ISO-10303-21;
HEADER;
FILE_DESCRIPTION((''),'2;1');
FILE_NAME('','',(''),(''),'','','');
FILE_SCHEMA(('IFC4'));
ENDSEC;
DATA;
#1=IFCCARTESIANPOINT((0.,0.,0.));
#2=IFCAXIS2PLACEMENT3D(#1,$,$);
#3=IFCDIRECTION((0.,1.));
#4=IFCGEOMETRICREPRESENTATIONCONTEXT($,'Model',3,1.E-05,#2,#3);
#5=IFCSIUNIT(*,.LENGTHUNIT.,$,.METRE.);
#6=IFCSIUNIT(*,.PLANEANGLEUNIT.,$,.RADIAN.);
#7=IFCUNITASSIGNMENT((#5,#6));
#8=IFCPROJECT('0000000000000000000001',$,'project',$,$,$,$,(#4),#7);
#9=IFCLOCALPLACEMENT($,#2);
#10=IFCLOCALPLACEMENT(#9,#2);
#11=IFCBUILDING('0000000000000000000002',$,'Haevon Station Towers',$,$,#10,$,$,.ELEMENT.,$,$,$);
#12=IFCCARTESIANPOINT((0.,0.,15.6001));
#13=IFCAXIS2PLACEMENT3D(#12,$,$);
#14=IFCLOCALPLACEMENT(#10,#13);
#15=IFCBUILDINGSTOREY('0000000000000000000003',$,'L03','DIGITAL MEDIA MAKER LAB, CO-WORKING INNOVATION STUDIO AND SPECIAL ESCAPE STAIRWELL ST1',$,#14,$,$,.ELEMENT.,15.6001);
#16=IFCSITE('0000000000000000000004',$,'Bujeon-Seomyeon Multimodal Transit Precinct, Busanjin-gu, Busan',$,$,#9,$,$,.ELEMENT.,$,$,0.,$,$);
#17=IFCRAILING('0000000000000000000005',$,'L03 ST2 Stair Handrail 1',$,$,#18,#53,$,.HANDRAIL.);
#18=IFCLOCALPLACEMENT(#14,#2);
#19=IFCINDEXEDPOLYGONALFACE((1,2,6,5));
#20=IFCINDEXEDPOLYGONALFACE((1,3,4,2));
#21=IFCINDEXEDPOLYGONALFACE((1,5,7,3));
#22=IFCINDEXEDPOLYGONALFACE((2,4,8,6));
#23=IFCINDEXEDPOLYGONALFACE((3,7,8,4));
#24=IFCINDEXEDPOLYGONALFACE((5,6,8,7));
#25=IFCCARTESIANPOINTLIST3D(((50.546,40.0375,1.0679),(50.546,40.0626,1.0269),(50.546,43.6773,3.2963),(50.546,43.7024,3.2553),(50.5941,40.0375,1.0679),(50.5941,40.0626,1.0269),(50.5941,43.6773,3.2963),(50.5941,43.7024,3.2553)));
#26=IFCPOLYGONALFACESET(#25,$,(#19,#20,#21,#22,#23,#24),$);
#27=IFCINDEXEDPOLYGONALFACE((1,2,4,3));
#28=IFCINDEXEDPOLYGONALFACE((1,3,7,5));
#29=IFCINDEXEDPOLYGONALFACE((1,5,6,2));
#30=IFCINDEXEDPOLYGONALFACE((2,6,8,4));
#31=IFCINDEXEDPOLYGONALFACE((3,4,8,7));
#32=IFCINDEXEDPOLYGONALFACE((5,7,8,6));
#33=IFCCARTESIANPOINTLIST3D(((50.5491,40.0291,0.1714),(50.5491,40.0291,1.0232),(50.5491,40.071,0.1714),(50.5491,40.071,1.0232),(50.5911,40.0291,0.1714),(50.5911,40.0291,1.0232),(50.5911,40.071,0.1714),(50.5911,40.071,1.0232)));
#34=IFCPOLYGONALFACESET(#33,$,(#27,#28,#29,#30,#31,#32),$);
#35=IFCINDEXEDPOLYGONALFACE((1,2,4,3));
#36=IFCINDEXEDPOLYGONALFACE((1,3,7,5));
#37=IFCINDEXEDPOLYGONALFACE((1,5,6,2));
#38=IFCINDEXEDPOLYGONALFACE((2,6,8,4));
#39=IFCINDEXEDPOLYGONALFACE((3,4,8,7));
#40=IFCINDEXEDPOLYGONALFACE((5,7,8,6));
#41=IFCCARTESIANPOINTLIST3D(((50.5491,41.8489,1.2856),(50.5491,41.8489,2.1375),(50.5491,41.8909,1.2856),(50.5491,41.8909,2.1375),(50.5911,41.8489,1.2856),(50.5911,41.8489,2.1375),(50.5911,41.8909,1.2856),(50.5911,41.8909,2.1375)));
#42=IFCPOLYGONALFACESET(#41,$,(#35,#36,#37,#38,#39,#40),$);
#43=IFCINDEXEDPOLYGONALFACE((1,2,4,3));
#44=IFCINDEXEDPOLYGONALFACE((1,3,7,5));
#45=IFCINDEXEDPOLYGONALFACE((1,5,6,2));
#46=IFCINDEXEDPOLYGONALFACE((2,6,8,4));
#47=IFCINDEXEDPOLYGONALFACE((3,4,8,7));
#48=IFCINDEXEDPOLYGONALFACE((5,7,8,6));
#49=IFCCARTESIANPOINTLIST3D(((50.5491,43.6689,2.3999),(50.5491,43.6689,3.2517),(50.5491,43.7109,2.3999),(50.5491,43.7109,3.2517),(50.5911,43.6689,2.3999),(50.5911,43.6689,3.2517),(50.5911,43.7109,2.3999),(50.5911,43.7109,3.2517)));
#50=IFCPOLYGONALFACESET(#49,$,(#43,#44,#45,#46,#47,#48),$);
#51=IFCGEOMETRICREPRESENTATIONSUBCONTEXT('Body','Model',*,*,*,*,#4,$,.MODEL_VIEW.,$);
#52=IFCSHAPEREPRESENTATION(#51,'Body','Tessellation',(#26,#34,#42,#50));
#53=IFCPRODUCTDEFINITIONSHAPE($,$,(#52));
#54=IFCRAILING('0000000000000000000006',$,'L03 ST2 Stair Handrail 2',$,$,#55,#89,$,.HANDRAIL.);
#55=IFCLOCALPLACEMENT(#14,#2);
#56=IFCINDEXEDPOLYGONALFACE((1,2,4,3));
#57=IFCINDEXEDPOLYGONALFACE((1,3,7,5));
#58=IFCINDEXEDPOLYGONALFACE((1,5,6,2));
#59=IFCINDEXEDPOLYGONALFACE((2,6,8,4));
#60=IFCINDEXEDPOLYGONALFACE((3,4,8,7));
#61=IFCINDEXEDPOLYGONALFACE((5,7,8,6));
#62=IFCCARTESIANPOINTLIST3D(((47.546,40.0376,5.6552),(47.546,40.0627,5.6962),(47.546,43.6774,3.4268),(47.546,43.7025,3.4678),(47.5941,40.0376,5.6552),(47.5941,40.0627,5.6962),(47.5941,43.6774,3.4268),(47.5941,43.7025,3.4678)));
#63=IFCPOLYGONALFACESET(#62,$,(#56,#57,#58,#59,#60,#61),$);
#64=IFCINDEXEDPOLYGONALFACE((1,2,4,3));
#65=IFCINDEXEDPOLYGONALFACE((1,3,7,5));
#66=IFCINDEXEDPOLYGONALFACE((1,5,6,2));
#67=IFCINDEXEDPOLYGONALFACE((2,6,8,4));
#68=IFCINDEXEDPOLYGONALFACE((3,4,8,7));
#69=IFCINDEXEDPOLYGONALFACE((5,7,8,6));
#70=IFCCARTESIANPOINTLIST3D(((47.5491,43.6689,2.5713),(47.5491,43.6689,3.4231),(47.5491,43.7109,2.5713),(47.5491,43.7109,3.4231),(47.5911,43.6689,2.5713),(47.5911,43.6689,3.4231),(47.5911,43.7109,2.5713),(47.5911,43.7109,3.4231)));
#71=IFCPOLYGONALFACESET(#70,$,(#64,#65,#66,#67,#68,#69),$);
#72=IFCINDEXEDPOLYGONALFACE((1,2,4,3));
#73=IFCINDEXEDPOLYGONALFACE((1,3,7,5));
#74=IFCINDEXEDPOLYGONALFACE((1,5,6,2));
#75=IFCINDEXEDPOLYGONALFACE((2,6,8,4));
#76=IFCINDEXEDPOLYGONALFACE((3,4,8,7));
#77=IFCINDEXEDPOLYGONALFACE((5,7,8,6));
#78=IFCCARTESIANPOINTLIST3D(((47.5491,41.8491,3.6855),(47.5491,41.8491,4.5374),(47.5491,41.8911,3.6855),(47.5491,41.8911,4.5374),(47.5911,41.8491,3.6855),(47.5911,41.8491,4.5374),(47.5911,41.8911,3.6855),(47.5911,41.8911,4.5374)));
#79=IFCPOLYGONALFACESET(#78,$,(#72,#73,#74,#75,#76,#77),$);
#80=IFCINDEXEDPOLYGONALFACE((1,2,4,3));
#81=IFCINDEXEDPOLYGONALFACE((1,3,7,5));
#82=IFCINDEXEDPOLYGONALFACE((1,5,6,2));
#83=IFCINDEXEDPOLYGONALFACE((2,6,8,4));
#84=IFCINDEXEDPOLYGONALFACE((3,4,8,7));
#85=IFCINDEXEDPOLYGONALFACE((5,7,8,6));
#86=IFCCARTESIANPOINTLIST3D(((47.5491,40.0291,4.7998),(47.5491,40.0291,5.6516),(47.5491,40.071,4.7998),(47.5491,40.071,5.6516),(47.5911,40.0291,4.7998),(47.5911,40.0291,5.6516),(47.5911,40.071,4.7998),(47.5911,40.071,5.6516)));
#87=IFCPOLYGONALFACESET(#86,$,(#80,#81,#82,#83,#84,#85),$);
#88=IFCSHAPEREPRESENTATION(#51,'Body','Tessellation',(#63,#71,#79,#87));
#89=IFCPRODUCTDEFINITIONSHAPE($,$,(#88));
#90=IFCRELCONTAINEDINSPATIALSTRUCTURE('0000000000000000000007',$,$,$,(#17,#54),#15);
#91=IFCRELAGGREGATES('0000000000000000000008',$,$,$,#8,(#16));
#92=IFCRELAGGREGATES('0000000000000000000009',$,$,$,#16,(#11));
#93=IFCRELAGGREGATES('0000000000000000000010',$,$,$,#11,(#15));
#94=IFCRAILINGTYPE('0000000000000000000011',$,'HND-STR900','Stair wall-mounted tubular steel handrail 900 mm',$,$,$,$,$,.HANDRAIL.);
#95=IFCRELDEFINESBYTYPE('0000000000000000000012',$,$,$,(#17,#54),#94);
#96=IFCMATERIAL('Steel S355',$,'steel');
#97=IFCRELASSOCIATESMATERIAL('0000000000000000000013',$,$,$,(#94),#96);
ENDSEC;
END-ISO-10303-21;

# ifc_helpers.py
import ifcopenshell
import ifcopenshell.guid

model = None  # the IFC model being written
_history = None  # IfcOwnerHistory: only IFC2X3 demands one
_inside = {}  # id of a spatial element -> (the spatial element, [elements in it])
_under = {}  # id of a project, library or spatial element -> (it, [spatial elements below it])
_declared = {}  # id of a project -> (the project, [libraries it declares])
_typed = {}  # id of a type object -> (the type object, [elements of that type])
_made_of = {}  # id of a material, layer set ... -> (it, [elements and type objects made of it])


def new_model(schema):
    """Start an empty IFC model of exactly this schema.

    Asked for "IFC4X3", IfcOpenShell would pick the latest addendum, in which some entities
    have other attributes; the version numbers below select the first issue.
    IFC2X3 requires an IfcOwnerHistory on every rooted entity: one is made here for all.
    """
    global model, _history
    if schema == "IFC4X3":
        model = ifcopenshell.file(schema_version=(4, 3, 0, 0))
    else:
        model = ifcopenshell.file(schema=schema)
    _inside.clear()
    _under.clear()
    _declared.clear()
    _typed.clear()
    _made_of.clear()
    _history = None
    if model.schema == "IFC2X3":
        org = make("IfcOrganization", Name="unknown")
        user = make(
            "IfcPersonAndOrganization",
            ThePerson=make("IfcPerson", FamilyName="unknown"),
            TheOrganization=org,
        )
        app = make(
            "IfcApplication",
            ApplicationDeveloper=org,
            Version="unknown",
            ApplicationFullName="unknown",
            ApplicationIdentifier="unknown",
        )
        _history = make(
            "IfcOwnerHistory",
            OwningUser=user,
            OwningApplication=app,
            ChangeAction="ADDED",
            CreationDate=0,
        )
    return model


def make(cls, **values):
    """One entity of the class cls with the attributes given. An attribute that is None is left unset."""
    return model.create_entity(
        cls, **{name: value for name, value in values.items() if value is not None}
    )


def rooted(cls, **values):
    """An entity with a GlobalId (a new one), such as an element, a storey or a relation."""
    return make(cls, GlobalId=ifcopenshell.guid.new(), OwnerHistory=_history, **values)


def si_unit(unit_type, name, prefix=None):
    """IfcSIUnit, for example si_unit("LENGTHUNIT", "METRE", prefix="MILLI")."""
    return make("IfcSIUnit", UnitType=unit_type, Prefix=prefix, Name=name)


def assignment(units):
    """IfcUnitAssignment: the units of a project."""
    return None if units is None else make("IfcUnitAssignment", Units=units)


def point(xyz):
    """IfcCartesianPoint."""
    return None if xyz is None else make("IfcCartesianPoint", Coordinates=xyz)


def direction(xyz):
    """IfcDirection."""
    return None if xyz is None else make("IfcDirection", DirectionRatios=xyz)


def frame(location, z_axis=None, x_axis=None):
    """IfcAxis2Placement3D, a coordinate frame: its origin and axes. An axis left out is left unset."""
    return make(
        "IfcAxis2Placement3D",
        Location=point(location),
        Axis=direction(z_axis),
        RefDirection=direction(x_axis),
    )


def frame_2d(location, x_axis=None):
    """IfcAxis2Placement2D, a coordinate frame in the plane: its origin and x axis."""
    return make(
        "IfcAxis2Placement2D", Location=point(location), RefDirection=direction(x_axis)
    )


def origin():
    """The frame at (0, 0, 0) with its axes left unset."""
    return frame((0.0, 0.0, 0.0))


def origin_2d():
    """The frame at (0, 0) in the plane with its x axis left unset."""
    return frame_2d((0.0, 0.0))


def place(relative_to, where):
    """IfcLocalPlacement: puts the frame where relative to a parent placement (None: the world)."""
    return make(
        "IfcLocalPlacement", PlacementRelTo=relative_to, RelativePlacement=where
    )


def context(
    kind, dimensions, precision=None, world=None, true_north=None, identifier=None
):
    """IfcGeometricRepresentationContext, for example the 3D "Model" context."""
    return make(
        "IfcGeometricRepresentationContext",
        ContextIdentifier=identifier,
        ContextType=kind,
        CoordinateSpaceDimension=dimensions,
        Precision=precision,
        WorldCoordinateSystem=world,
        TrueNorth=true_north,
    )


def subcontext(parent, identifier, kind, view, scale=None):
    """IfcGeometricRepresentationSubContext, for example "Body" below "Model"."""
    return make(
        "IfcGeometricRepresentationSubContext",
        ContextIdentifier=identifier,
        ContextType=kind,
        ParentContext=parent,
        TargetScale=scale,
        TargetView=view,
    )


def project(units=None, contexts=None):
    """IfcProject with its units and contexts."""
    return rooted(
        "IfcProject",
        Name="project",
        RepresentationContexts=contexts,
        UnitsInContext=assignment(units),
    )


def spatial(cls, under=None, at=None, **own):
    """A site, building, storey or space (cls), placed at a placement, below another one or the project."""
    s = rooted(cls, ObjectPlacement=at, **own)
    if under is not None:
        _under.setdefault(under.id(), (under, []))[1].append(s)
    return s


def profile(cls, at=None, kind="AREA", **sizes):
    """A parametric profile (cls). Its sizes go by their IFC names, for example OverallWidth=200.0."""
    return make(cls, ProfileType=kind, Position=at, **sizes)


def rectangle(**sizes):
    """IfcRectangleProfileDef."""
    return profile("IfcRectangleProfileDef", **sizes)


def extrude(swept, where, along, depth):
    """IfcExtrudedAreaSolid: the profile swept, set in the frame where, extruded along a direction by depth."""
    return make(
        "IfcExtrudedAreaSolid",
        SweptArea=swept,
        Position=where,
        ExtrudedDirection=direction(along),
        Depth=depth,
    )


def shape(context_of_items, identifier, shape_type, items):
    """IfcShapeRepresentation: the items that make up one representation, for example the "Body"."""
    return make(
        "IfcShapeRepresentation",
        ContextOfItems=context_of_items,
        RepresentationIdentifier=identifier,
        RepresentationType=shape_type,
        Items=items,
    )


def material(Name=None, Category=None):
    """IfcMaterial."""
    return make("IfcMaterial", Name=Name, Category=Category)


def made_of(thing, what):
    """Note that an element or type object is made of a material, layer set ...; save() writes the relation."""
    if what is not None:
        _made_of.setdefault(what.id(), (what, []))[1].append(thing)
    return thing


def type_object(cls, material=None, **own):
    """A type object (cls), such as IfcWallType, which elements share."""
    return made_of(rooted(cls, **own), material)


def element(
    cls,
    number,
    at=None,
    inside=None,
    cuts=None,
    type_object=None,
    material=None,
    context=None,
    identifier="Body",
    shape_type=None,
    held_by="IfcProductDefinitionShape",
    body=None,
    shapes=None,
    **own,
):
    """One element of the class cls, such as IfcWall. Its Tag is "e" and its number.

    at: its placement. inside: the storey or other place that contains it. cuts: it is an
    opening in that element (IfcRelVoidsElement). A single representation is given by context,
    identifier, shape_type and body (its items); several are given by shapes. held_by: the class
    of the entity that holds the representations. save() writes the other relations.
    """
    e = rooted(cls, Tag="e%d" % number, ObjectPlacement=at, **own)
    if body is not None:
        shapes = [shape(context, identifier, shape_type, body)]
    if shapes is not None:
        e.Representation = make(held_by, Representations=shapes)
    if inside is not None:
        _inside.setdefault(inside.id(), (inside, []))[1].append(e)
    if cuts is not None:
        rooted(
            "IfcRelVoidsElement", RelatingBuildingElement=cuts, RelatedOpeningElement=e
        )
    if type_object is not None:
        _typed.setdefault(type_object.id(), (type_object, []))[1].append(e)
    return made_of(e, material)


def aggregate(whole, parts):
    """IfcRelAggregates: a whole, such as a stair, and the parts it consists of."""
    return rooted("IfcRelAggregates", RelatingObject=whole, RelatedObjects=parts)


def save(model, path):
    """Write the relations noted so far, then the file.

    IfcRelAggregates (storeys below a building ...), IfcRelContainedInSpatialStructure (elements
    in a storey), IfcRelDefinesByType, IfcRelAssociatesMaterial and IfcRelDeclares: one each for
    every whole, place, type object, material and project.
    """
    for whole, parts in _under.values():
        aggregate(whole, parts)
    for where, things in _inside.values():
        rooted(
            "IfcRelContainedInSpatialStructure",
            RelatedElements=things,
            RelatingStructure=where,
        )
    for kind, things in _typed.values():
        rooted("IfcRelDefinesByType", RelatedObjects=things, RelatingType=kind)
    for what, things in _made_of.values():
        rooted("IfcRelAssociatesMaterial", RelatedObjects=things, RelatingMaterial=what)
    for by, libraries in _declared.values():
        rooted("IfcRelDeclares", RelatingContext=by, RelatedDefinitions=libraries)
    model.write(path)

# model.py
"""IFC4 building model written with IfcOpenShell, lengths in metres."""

from ifc_helpers import new_model, si_unit, direction, frame, origin, origin_2d, place, context, subcontext, project, spatial, rectangle, extrude, material, type_object, element, save


model = new_model("IFC4")

# Units and contexts
model_context = context("Model", 3, precision=1e-05, world=origin(), true_north=direction((0.0, 1.0)))
body_context = subcontext(model_context, "Body", "Model", "MODEL_VIEW")
ifc_project = project(units=[si_unit("LENGTHUNIT", "METRE"), si_unit("PLANEANGLEUNIT", "RADIAN")], contexts=[model_context])

# Site, building, storey
site_placement = place(None, origin())
site = spatial("IfcSite", under=ifc_project, at=site_placement, Name="Bujeon-Seomyeon Multimodal Transit Precinct, Busanjin-gu, Busan", CompositionType="ELEMENT", RefElevation=0.0)
building_placement = place(site_placement, origin())
building = spatial("IfcBuilding", under=site, at=building_placement, Name="Haevon Station Towers", CompositionType="ELEMENT")
storey_placement = place(building_placement, frame((0.0, 0.0, 15.6001)))
storey = spatial("IfcBuildingStorey", under=building, at=storey_placement, Name="L03", Description="DIGITAL MEDIA MAKER LAB, CO-WORKING INNOVATION STUDIO AND SPECIAL ESCAPE STAIRWELL ST1", CompositionType="ELEMENT", Elevation=15.6001)

# Shared definitions
ifc_material_1 = material(Name="Steel S355", Category="steel")

# Railings
railing_type_1 = type_object("IfcRailingType", Name="HND-STR900", Description="Stair wall-mounted tubular steel handrail 900 mm", PredefinedType="HANDRAIL", material=ifc_material_1)
railing_1_placement = place(storey_placement, frame((50.5701, 40.05, 0.1714)))
element("IfcRailing", 1, at=railing_1_placement, inside=storey, type_object=railing_type_1, Name="L03 ST2 Stair Handrail 1", PredefinedType="HANDRAIL", context=body_context, shape_type="SweptSolid", body=[
    extrude(rectangle(XDim=0.0481, YDim=0.0481, at=origin_2d()), frame((0.0, 0.0, 0.876), z_axis=(0.0, 0.85285, 0.522156), x_axis=(-1.0, 0.0, 0.0)), (0.0, 0.0, 1.0), 4.2678),
    extrude(rectangle(XDim=0.042, YDim=0.042, at=origin_2d()), origin(), (0.0, 0.0, 1.0), 0.8518),
    extrude(rectangle(XDim=0.042, YDim=0.042, at=origin_2d()), frame((0.0, 1.8198, 1.1143)), (0.0, 0.0, 1.0), 0.8518),
    extrude(rectangle(XDim=0.042, YDim=0.042, at=origin_2d()), frame((0.0, 3.6399, 2.2285)), (0.0, 0.0, 1.0), 0.8518),
])
railing_2_placement = place(storey_placement, frame((47.5701, 43.6899, 2.5713)))
element("IfcRailing", 2, at=railing_2_placement, inside=storey, type_object=railing_type_1, Name="L03 ST2 Stair Handrail 2", PredefinedType="HANDRAIL", context=body_context, shape_type="SweptSolid", body=[
    extrude(rectangle(XDim=0.0481, YDim=0.0481, at=origin_2d()), frame((0.0, 0.0, 0.876), z_axis=(0.0, -0.85285, 0.522156), x_axis=(1.0, 0.0, 0.0)), (0.0, 0.0, 1.0), 4.2678),
    extrude(rectangle(XDim=0.042, YDim=0.042, at=origin_2d()), origin(), (0.0, 0.0, 1.0), 0.8518),
    extrude(rectangle(XDim=0.042, YDim=0.042, at=origin_2d()), frame((0.0, -1.8198, 1.1143)), (0.0, 0.0, 1.0), 0.8518),
    extrude(rectangle(XDim=0.042, YDim=0.042, at=origin_2d()), frame((0.0, -3.6399, 2.2285)), (0.0, 0.0, 1.0), 0.8518),
])

save(model, "model.ifc")
